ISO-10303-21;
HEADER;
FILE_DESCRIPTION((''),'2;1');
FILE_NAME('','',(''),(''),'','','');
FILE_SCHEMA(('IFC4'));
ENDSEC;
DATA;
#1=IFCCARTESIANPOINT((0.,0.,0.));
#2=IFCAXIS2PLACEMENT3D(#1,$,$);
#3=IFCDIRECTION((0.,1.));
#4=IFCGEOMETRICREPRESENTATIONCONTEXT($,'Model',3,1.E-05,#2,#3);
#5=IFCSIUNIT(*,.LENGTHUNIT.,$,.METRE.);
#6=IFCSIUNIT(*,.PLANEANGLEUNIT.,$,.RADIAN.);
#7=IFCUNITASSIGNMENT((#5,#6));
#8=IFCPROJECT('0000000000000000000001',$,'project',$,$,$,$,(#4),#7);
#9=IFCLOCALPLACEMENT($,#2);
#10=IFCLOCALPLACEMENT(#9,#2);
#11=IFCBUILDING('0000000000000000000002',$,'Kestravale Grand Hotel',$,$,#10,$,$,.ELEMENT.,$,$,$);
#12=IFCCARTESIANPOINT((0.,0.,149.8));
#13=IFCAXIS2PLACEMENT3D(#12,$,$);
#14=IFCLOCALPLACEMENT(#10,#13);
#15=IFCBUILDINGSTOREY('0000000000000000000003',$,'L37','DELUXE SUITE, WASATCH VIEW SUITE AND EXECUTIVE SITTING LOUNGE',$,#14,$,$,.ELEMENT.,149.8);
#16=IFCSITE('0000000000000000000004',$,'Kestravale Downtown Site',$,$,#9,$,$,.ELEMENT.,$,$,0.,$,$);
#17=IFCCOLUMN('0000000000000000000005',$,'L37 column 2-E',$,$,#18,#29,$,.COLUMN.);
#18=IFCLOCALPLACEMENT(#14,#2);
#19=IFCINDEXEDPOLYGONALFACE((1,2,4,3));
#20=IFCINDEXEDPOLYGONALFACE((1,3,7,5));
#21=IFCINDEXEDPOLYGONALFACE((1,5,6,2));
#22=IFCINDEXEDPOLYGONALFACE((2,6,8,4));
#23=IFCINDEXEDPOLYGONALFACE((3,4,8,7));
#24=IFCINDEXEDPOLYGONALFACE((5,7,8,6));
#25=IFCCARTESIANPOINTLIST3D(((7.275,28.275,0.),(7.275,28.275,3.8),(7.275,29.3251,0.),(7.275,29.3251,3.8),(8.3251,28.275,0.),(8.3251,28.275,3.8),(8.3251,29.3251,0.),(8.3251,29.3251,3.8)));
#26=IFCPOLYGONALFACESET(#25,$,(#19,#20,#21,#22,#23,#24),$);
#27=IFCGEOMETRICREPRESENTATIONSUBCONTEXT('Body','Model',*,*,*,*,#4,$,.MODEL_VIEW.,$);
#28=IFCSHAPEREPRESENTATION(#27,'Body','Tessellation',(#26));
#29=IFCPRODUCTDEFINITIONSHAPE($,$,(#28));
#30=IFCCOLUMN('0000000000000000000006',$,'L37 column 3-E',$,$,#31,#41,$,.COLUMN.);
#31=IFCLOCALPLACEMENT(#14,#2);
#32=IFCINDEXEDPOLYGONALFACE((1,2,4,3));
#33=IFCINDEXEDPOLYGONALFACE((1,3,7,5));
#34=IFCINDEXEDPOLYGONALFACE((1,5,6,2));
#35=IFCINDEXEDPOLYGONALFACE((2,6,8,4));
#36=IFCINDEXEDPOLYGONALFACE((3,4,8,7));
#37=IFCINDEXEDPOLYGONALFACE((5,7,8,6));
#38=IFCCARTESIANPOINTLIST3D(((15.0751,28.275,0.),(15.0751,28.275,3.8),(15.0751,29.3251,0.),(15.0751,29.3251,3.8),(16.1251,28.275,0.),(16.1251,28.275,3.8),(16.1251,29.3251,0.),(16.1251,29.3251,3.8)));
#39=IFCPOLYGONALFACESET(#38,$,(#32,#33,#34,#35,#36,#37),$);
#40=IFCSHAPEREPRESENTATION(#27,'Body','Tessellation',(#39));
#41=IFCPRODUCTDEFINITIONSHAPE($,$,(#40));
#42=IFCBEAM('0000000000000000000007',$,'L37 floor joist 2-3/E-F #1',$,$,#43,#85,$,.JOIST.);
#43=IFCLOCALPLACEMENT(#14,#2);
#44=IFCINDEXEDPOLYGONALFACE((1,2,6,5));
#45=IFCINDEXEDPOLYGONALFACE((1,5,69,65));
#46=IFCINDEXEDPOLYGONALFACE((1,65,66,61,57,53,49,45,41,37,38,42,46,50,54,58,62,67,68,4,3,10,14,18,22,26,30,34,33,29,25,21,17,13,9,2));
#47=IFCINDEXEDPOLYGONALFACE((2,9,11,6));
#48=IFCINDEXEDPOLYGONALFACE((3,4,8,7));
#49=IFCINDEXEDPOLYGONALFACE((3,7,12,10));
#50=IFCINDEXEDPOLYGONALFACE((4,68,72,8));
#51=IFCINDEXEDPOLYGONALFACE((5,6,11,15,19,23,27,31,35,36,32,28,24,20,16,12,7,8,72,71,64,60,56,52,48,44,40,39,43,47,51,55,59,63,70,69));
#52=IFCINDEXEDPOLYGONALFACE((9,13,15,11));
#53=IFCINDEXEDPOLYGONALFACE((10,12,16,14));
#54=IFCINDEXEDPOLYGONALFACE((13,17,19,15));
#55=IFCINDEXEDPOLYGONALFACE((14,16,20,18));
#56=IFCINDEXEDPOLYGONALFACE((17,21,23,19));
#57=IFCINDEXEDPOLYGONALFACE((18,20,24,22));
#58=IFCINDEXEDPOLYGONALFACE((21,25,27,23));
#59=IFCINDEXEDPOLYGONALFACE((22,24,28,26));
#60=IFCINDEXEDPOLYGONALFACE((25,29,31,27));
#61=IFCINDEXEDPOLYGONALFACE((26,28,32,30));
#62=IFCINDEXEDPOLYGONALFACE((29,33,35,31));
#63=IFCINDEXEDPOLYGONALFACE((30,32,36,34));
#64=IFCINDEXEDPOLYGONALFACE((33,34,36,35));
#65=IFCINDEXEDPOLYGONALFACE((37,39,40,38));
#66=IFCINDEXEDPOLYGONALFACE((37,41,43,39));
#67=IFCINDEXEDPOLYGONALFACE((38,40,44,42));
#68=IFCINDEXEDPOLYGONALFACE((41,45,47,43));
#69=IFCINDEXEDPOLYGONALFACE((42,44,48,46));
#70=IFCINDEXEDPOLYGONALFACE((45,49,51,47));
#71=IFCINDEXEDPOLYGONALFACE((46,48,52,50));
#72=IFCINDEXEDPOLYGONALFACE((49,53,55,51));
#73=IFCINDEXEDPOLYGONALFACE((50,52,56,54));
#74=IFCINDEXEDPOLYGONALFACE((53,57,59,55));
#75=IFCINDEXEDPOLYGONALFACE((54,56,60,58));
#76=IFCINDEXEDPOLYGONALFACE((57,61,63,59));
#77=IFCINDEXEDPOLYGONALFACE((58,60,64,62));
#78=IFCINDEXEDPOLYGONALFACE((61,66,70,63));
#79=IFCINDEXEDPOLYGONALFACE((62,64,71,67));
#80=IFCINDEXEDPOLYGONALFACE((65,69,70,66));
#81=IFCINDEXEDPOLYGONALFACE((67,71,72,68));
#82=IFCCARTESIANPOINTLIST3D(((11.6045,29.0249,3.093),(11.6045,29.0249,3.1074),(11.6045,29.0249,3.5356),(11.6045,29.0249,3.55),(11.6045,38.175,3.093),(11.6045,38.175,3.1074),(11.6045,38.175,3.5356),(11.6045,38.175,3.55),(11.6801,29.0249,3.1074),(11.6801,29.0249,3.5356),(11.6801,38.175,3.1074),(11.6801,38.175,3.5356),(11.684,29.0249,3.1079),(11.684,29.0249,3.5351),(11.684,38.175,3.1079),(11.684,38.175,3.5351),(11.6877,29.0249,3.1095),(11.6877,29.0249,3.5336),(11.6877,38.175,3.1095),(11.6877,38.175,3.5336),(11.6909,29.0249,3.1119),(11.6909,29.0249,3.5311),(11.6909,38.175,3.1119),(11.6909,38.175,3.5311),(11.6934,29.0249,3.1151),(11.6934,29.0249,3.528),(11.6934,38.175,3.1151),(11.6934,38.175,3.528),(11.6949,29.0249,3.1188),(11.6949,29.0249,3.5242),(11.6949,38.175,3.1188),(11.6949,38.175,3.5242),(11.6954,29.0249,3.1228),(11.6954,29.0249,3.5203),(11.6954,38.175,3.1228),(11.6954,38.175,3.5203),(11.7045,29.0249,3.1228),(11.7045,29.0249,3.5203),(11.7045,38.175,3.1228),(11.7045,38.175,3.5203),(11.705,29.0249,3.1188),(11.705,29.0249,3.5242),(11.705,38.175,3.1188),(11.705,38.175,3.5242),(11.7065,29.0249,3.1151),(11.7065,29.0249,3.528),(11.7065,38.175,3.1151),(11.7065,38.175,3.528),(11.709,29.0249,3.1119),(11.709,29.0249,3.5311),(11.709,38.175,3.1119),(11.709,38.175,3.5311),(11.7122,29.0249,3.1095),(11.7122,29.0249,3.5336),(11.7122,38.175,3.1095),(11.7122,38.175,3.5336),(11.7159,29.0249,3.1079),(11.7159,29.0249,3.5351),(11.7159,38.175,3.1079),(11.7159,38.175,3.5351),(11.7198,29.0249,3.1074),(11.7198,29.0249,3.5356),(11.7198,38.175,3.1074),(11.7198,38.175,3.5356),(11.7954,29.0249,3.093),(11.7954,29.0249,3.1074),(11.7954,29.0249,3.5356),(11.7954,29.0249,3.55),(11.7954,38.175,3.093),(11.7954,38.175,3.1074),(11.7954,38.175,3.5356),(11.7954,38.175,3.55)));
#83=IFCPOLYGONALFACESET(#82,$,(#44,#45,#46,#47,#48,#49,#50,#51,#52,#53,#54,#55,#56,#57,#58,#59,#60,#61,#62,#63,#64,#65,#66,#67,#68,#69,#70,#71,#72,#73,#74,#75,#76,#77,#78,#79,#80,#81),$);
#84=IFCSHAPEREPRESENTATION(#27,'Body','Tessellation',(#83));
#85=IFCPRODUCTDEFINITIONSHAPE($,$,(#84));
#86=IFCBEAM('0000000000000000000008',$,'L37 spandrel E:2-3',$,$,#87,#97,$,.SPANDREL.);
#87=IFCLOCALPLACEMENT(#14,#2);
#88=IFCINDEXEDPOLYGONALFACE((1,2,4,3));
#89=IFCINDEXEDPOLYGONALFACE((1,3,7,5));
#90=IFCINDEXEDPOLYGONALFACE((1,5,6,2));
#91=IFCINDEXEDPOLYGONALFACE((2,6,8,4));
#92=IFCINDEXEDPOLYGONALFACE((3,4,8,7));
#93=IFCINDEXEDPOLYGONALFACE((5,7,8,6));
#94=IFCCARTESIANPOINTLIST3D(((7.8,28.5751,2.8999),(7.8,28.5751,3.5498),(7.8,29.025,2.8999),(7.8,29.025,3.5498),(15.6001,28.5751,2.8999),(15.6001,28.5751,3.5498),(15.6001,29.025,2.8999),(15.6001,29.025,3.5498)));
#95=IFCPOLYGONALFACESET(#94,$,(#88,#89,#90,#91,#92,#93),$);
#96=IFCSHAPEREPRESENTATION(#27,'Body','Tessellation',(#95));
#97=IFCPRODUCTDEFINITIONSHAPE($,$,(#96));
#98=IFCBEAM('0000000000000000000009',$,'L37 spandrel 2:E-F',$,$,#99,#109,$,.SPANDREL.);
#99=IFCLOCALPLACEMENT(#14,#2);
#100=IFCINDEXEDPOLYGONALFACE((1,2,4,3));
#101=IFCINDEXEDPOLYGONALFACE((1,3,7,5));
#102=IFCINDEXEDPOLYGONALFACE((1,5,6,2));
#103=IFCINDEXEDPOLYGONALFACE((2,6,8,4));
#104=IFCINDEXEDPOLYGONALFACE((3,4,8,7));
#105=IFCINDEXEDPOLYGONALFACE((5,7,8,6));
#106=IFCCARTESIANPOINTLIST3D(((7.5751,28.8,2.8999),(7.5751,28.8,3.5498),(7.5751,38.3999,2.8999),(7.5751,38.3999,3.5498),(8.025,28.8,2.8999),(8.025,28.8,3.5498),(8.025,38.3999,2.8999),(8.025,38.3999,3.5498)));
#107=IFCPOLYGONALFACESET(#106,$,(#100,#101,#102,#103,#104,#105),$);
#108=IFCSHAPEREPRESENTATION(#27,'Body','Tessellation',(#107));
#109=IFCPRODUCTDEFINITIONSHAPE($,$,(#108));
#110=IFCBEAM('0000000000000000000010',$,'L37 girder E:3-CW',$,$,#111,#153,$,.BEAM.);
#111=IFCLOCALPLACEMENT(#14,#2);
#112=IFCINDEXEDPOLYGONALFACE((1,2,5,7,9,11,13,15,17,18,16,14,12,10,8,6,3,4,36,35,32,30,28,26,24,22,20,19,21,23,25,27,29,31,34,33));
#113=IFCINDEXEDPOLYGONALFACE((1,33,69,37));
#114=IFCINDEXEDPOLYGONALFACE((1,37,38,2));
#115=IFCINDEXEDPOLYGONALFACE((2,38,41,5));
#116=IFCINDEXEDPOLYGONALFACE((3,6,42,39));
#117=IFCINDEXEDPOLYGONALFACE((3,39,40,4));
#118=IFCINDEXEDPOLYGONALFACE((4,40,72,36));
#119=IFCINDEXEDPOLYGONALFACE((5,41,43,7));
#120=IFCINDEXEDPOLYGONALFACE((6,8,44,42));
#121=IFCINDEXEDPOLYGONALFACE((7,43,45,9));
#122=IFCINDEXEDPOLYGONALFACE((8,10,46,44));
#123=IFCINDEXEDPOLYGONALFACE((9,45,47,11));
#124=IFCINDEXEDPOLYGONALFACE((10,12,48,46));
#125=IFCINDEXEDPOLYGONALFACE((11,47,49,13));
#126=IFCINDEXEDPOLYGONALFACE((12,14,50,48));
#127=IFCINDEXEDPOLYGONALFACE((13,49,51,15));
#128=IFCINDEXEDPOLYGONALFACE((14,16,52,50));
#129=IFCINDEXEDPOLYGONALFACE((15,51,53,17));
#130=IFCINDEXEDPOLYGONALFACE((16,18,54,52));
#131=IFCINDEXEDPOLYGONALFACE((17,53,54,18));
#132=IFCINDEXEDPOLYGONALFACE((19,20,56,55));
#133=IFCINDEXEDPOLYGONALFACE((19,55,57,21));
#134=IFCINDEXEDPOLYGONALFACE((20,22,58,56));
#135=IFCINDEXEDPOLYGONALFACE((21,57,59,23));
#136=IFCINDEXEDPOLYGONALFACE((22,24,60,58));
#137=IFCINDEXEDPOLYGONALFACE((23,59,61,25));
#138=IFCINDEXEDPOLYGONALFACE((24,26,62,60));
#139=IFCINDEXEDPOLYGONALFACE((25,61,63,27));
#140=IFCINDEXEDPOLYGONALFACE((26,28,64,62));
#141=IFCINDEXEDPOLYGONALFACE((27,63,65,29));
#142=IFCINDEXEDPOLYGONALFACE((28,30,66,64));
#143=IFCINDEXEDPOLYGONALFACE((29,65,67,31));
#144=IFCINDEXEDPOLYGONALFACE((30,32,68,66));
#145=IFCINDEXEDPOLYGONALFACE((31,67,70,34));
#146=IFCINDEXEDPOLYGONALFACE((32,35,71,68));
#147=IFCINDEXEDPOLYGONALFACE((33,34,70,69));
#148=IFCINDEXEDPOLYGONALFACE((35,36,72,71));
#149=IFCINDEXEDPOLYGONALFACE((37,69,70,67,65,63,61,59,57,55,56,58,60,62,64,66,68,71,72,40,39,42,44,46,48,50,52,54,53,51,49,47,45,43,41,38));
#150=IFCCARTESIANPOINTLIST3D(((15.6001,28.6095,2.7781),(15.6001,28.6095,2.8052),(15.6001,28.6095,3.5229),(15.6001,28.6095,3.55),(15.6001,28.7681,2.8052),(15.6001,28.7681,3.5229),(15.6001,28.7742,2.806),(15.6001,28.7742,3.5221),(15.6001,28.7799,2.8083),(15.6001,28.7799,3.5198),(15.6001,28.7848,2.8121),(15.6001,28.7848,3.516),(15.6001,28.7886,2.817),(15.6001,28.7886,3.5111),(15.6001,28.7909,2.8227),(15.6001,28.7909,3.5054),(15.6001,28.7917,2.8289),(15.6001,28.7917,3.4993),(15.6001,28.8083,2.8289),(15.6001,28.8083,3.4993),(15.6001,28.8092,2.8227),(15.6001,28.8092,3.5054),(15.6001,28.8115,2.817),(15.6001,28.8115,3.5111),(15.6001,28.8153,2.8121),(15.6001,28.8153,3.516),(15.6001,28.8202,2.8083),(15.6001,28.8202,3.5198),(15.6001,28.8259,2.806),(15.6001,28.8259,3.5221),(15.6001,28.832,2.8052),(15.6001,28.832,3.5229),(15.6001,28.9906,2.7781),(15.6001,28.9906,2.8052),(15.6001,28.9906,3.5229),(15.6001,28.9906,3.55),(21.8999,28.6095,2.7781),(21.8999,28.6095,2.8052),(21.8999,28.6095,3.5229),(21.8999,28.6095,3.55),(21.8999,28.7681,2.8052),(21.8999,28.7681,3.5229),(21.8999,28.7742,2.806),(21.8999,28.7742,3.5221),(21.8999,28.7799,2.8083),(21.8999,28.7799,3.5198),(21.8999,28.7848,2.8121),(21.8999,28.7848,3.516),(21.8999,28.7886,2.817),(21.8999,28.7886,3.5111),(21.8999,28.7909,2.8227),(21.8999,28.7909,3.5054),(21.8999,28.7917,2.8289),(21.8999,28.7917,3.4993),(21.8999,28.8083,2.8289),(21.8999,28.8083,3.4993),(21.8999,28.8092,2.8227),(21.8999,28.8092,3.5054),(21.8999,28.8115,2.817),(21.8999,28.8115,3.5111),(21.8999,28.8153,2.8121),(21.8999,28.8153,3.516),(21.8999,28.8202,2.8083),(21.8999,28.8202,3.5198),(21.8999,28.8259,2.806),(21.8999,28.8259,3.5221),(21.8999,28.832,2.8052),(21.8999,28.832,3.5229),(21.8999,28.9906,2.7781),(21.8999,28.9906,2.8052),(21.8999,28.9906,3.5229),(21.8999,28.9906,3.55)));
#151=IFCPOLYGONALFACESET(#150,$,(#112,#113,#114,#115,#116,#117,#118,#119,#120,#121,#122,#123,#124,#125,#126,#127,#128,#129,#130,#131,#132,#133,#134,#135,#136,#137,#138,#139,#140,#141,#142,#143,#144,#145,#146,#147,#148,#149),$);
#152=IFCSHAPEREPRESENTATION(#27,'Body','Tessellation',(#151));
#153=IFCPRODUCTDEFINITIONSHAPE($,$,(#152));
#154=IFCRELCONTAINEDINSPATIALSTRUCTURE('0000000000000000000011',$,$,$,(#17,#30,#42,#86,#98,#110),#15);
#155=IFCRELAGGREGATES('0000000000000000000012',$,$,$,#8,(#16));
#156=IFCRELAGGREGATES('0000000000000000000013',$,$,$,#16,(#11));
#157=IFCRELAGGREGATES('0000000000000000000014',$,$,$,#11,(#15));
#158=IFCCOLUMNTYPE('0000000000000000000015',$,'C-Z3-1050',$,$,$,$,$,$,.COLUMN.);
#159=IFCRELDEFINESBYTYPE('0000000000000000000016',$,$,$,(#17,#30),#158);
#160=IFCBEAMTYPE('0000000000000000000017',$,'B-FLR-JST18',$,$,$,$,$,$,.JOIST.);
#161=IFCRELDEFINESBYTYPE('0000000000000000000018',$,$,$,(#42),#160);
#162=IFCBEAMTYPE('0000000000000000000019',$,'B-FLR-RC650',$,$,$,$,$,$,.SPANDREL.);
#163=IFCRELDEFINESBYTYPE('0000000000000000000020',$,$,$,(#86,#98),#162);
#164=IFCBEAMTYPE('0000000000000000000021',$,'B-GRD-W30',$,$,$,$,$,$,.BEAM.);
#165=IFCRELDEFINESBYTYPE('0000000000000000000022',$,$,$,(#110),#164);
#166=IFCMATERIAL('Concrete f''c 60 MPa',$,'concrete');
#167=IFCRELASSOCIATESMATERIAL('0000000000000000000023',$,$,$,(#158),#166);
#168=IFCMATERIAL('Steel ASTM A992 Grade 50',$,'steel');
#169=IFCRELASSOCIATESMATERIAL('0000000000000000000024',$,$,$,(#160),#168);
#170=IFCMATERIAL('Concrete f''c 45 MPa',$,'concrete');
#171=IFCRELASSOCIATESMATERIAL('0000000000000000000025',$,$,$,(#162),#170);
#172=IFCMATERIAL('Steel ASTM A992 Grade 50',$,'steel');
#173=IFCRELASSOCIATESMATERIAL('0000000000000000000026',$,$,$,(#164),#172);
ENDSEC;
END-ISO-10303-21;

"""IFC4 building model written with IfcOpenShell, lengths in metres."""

from ifc_helpers import new_model, si_unit, direction, frame, origin, origin_2d, place, context, subcontext, project, spatial, rectangle, i_section, extrude, material, material_profile, profile_set, type_object, element, save


model = new_model("IFC4")

# Units and contexts
model_context = context("Model", 3, precision=1e-05, world=origin(), true_north=direction((0.0, 1.0)))
body_context = subcontext(model_context, "Body", "Model", "MODEL_VIEW")
ifc_project = project(units=[si_unit("LENGTHUNIT", "METRE"), si_unit("PLANEANGLEUNIT", "RADIAN")], contexts=[model_context])

# Site, building, storey
site_placement = place(None, origin())
site = spatial("IfcSite", under=ifc_project, at=site_placement, Name="Kestravale Downtown Site", CompositionType="ELEMENT", RefElevation=0.0)
building_placement = place(site_placement, origin())
building = spatial("IfcBuilding", under=site, at=building_placement, Name="Kestravale Grand Hotel", CompositionType="ELEMENT")
storey_placement = place(building_placement, frame((0.0, 0.0, 149.8)))
storey = spatial("IfcBuildingStorey", under=building, at=storey_placement, Name="L37", Description="DELUXE SUITE, WASATCH VIEW SUITE AND EXECUTIVE SITTING LOUNGE", CompositionType="ELEMENT", Elevation=149.8)

# Columns
ifc_material_1 = material(Name="Concrete f'c 60 MPa", Category="concrete")
ifc_material_profile_1 = material_profile(ifc_material_1, rectangle(XDim=1.05, YDim=1.05, at=origin_2d()))
ifc_profile_set_1 = profile_set([ifc_material_profile_1], Name="Concrete f'c 60 MPa")
column_type = type_object("IfcColumnType", Name="C-Z3-1050", PredefinedType="COLUMN", material=ifc_profile_set_1)
for number, where, z_axis, x_axis, name in (
    (1, (7.8, 28.8, 0.0), (0.0, 0.0, 1.0), (1.0, 0.0, 0.0), "L37 column 2-E"),
    (2, (15.6001, 28.8, 0.0), (0.0, 0.0, 1.0), (1.0, 0.0, 0.0), "L37 column 3-E"),
):
    element("IfcColumn", number, at=place(storey_placement, frame(where, z_axis=z_axis, x_axis=x_axis)), inside=storey, type_object=column_type, Name=name, PredefinedType="COLUMN", context=body_context, shape_type="SweptSolid", body=[
        extrude(rectangle(XDim=1.05, YDim=1.05, at=origin_2d()), origin(), (0.0, 0.0, 1.0), 3.8),
    ])

# Beams
ifc_material_2 = material(Name="Steel ASTM A992 Grade 50", Category="steel")
ifc_material_profile_2 = material_profile(ifc_material_2, i_section(OverallWidth=0.1909, OverallDepth=0.457, WebThickness=0.009, FlangeThickness=0.0144, FilletRadius=0.0154, at=origin_2d()))
ifc_profile_set_2 = profile_set([ifc_material_profile_2], Name="Steel ASTM A992 Grade 50")
beam_type_1 = type_object("IfcBeamType", Name="B-FLR-JST18", PredefinedType="JOIST", material=ifc_profile_set_2)
beam_1_placement = place(storey_placement, frame((11.7, 29.0249, 3.3215), z_axis=(0.0, 1.0, 0.0), x_axis=(-1.0, 0.0, 0.0)))
element("IfcBeam", 3, at=beam_1_placement, inside=storey, type_object=beam_type_1, Name="L37 floor joist 2-3/E-F #1", PredefinedType="JOIST", context=body_context, shape_type="SweptSolid", body=[
    extrude(i_section(OverallWidth=0.1909, OverallDepth=0.457, WebThickness=0.009, FlangeThickness=0.0144, FilletRadius=0.0154, at=origin_2d()), origin(), (0.0, 0.0, 1.0), 9.1501),
])
ifc_material_3 = material(Name="Concrete f'c 45 MPa", Category="concrete")
ifc_material_profile_3 = material_profile(ifc_material_3, rectangle(XDim=0.45, YDim=0.6499, at=origin_2d()))
ifc_profile_set_3 = profile_set([ifc_material_profile_3], Name="Concrete f'c 45 MPa")
beam_type_2 = type_object("IfcBeamType", Name="B-FLR-RC650", PredefinedType="SPANDREL", material=ifc_profile_set_3)
beam_2_placement = place(storey_placement, frame((7.8, 28.8, 3.2249), z_axis=(1.0, 0.0, 0.0), x_axis=(0.0, 1.0, 0.0)))
element("IfcBeam", 4, at=beam_2_placement, inside=storey, type_object=beam_type_2, Name="L37 spandrel E:2-3", PredefinedType="SPANDREL", context=body_context, shape_type="SweptSolid", body=[
    extrude(rectangle(XDim=0.45, YDim=0.6499, at=origin_2d()), origin(), (0.0, 0.0, 1.0), 7.8),
])
beam_3_placement = place(storey_placement, frame((7.8, 28.8, 3.2249), z_axis=(0.0, 1.0, 0.0), x_axis=(-1.0, 0.0, 0.0)))
element("IfcBeam", 5, at=beam_3_placement, inside=storey, type_object=beam_type_2, Name="L37 spandrel 2:E-F", PredefinedType="SPANDREL", context=body_context, shape_type="SweptSolid", body=[
    extrude(rectangle(XDim=0.45, YDim=0.6499, at=origin_2d()), origin(), (0.0, 0.0, 1.0), 9.5999),
])
ifc_material_4 = material(Name="Steel ASTM A992 Grade 50", Category="steel")
ifc_material_profile_4 = material_profile(ifc_material_4, i_section(OverallWidth=0.3811, OverallDepth=0.772, WebThickness=0.0166, FlangeThickness=0.0271, FilletRadius=0.0237, at=origin_2d()))
ifc_profile_set_4 = profile_set([ifc_material_profile_4], Name="Steel ASTM A992 Grade 50")
beam_type_3 = type_object("IfcBeamType", Name="B-GRD-W30", PredefinedType="BEAM", material=ifc_profile_set_4)
beam_4_placement = place(storey_placement, frame((15.6001, 28.8, 3.1641), z_axis=(1.0, 0.0, 0.0), x_axis=(0.0, 1.0, 0.0)))
element("IfcBeam", 6, at=beam_4_placement, inside=storey, type_object=beam_type_3, Name="L37 girder E:3-CW", PredefinedType="BEAM", context=body_context, shape_type="SweptSolid", body=[
    extrude(i_section(OverallWidth=0.3811, OverallDepth=0.772, WebThickness=0.0166, FlangeThickness=0.0271, FilletRadius=0.0237, at=origin_2d()), origin(), (0.0, 0.0, 1.0), 6.2998),
])

save(model, "model.ifc")
